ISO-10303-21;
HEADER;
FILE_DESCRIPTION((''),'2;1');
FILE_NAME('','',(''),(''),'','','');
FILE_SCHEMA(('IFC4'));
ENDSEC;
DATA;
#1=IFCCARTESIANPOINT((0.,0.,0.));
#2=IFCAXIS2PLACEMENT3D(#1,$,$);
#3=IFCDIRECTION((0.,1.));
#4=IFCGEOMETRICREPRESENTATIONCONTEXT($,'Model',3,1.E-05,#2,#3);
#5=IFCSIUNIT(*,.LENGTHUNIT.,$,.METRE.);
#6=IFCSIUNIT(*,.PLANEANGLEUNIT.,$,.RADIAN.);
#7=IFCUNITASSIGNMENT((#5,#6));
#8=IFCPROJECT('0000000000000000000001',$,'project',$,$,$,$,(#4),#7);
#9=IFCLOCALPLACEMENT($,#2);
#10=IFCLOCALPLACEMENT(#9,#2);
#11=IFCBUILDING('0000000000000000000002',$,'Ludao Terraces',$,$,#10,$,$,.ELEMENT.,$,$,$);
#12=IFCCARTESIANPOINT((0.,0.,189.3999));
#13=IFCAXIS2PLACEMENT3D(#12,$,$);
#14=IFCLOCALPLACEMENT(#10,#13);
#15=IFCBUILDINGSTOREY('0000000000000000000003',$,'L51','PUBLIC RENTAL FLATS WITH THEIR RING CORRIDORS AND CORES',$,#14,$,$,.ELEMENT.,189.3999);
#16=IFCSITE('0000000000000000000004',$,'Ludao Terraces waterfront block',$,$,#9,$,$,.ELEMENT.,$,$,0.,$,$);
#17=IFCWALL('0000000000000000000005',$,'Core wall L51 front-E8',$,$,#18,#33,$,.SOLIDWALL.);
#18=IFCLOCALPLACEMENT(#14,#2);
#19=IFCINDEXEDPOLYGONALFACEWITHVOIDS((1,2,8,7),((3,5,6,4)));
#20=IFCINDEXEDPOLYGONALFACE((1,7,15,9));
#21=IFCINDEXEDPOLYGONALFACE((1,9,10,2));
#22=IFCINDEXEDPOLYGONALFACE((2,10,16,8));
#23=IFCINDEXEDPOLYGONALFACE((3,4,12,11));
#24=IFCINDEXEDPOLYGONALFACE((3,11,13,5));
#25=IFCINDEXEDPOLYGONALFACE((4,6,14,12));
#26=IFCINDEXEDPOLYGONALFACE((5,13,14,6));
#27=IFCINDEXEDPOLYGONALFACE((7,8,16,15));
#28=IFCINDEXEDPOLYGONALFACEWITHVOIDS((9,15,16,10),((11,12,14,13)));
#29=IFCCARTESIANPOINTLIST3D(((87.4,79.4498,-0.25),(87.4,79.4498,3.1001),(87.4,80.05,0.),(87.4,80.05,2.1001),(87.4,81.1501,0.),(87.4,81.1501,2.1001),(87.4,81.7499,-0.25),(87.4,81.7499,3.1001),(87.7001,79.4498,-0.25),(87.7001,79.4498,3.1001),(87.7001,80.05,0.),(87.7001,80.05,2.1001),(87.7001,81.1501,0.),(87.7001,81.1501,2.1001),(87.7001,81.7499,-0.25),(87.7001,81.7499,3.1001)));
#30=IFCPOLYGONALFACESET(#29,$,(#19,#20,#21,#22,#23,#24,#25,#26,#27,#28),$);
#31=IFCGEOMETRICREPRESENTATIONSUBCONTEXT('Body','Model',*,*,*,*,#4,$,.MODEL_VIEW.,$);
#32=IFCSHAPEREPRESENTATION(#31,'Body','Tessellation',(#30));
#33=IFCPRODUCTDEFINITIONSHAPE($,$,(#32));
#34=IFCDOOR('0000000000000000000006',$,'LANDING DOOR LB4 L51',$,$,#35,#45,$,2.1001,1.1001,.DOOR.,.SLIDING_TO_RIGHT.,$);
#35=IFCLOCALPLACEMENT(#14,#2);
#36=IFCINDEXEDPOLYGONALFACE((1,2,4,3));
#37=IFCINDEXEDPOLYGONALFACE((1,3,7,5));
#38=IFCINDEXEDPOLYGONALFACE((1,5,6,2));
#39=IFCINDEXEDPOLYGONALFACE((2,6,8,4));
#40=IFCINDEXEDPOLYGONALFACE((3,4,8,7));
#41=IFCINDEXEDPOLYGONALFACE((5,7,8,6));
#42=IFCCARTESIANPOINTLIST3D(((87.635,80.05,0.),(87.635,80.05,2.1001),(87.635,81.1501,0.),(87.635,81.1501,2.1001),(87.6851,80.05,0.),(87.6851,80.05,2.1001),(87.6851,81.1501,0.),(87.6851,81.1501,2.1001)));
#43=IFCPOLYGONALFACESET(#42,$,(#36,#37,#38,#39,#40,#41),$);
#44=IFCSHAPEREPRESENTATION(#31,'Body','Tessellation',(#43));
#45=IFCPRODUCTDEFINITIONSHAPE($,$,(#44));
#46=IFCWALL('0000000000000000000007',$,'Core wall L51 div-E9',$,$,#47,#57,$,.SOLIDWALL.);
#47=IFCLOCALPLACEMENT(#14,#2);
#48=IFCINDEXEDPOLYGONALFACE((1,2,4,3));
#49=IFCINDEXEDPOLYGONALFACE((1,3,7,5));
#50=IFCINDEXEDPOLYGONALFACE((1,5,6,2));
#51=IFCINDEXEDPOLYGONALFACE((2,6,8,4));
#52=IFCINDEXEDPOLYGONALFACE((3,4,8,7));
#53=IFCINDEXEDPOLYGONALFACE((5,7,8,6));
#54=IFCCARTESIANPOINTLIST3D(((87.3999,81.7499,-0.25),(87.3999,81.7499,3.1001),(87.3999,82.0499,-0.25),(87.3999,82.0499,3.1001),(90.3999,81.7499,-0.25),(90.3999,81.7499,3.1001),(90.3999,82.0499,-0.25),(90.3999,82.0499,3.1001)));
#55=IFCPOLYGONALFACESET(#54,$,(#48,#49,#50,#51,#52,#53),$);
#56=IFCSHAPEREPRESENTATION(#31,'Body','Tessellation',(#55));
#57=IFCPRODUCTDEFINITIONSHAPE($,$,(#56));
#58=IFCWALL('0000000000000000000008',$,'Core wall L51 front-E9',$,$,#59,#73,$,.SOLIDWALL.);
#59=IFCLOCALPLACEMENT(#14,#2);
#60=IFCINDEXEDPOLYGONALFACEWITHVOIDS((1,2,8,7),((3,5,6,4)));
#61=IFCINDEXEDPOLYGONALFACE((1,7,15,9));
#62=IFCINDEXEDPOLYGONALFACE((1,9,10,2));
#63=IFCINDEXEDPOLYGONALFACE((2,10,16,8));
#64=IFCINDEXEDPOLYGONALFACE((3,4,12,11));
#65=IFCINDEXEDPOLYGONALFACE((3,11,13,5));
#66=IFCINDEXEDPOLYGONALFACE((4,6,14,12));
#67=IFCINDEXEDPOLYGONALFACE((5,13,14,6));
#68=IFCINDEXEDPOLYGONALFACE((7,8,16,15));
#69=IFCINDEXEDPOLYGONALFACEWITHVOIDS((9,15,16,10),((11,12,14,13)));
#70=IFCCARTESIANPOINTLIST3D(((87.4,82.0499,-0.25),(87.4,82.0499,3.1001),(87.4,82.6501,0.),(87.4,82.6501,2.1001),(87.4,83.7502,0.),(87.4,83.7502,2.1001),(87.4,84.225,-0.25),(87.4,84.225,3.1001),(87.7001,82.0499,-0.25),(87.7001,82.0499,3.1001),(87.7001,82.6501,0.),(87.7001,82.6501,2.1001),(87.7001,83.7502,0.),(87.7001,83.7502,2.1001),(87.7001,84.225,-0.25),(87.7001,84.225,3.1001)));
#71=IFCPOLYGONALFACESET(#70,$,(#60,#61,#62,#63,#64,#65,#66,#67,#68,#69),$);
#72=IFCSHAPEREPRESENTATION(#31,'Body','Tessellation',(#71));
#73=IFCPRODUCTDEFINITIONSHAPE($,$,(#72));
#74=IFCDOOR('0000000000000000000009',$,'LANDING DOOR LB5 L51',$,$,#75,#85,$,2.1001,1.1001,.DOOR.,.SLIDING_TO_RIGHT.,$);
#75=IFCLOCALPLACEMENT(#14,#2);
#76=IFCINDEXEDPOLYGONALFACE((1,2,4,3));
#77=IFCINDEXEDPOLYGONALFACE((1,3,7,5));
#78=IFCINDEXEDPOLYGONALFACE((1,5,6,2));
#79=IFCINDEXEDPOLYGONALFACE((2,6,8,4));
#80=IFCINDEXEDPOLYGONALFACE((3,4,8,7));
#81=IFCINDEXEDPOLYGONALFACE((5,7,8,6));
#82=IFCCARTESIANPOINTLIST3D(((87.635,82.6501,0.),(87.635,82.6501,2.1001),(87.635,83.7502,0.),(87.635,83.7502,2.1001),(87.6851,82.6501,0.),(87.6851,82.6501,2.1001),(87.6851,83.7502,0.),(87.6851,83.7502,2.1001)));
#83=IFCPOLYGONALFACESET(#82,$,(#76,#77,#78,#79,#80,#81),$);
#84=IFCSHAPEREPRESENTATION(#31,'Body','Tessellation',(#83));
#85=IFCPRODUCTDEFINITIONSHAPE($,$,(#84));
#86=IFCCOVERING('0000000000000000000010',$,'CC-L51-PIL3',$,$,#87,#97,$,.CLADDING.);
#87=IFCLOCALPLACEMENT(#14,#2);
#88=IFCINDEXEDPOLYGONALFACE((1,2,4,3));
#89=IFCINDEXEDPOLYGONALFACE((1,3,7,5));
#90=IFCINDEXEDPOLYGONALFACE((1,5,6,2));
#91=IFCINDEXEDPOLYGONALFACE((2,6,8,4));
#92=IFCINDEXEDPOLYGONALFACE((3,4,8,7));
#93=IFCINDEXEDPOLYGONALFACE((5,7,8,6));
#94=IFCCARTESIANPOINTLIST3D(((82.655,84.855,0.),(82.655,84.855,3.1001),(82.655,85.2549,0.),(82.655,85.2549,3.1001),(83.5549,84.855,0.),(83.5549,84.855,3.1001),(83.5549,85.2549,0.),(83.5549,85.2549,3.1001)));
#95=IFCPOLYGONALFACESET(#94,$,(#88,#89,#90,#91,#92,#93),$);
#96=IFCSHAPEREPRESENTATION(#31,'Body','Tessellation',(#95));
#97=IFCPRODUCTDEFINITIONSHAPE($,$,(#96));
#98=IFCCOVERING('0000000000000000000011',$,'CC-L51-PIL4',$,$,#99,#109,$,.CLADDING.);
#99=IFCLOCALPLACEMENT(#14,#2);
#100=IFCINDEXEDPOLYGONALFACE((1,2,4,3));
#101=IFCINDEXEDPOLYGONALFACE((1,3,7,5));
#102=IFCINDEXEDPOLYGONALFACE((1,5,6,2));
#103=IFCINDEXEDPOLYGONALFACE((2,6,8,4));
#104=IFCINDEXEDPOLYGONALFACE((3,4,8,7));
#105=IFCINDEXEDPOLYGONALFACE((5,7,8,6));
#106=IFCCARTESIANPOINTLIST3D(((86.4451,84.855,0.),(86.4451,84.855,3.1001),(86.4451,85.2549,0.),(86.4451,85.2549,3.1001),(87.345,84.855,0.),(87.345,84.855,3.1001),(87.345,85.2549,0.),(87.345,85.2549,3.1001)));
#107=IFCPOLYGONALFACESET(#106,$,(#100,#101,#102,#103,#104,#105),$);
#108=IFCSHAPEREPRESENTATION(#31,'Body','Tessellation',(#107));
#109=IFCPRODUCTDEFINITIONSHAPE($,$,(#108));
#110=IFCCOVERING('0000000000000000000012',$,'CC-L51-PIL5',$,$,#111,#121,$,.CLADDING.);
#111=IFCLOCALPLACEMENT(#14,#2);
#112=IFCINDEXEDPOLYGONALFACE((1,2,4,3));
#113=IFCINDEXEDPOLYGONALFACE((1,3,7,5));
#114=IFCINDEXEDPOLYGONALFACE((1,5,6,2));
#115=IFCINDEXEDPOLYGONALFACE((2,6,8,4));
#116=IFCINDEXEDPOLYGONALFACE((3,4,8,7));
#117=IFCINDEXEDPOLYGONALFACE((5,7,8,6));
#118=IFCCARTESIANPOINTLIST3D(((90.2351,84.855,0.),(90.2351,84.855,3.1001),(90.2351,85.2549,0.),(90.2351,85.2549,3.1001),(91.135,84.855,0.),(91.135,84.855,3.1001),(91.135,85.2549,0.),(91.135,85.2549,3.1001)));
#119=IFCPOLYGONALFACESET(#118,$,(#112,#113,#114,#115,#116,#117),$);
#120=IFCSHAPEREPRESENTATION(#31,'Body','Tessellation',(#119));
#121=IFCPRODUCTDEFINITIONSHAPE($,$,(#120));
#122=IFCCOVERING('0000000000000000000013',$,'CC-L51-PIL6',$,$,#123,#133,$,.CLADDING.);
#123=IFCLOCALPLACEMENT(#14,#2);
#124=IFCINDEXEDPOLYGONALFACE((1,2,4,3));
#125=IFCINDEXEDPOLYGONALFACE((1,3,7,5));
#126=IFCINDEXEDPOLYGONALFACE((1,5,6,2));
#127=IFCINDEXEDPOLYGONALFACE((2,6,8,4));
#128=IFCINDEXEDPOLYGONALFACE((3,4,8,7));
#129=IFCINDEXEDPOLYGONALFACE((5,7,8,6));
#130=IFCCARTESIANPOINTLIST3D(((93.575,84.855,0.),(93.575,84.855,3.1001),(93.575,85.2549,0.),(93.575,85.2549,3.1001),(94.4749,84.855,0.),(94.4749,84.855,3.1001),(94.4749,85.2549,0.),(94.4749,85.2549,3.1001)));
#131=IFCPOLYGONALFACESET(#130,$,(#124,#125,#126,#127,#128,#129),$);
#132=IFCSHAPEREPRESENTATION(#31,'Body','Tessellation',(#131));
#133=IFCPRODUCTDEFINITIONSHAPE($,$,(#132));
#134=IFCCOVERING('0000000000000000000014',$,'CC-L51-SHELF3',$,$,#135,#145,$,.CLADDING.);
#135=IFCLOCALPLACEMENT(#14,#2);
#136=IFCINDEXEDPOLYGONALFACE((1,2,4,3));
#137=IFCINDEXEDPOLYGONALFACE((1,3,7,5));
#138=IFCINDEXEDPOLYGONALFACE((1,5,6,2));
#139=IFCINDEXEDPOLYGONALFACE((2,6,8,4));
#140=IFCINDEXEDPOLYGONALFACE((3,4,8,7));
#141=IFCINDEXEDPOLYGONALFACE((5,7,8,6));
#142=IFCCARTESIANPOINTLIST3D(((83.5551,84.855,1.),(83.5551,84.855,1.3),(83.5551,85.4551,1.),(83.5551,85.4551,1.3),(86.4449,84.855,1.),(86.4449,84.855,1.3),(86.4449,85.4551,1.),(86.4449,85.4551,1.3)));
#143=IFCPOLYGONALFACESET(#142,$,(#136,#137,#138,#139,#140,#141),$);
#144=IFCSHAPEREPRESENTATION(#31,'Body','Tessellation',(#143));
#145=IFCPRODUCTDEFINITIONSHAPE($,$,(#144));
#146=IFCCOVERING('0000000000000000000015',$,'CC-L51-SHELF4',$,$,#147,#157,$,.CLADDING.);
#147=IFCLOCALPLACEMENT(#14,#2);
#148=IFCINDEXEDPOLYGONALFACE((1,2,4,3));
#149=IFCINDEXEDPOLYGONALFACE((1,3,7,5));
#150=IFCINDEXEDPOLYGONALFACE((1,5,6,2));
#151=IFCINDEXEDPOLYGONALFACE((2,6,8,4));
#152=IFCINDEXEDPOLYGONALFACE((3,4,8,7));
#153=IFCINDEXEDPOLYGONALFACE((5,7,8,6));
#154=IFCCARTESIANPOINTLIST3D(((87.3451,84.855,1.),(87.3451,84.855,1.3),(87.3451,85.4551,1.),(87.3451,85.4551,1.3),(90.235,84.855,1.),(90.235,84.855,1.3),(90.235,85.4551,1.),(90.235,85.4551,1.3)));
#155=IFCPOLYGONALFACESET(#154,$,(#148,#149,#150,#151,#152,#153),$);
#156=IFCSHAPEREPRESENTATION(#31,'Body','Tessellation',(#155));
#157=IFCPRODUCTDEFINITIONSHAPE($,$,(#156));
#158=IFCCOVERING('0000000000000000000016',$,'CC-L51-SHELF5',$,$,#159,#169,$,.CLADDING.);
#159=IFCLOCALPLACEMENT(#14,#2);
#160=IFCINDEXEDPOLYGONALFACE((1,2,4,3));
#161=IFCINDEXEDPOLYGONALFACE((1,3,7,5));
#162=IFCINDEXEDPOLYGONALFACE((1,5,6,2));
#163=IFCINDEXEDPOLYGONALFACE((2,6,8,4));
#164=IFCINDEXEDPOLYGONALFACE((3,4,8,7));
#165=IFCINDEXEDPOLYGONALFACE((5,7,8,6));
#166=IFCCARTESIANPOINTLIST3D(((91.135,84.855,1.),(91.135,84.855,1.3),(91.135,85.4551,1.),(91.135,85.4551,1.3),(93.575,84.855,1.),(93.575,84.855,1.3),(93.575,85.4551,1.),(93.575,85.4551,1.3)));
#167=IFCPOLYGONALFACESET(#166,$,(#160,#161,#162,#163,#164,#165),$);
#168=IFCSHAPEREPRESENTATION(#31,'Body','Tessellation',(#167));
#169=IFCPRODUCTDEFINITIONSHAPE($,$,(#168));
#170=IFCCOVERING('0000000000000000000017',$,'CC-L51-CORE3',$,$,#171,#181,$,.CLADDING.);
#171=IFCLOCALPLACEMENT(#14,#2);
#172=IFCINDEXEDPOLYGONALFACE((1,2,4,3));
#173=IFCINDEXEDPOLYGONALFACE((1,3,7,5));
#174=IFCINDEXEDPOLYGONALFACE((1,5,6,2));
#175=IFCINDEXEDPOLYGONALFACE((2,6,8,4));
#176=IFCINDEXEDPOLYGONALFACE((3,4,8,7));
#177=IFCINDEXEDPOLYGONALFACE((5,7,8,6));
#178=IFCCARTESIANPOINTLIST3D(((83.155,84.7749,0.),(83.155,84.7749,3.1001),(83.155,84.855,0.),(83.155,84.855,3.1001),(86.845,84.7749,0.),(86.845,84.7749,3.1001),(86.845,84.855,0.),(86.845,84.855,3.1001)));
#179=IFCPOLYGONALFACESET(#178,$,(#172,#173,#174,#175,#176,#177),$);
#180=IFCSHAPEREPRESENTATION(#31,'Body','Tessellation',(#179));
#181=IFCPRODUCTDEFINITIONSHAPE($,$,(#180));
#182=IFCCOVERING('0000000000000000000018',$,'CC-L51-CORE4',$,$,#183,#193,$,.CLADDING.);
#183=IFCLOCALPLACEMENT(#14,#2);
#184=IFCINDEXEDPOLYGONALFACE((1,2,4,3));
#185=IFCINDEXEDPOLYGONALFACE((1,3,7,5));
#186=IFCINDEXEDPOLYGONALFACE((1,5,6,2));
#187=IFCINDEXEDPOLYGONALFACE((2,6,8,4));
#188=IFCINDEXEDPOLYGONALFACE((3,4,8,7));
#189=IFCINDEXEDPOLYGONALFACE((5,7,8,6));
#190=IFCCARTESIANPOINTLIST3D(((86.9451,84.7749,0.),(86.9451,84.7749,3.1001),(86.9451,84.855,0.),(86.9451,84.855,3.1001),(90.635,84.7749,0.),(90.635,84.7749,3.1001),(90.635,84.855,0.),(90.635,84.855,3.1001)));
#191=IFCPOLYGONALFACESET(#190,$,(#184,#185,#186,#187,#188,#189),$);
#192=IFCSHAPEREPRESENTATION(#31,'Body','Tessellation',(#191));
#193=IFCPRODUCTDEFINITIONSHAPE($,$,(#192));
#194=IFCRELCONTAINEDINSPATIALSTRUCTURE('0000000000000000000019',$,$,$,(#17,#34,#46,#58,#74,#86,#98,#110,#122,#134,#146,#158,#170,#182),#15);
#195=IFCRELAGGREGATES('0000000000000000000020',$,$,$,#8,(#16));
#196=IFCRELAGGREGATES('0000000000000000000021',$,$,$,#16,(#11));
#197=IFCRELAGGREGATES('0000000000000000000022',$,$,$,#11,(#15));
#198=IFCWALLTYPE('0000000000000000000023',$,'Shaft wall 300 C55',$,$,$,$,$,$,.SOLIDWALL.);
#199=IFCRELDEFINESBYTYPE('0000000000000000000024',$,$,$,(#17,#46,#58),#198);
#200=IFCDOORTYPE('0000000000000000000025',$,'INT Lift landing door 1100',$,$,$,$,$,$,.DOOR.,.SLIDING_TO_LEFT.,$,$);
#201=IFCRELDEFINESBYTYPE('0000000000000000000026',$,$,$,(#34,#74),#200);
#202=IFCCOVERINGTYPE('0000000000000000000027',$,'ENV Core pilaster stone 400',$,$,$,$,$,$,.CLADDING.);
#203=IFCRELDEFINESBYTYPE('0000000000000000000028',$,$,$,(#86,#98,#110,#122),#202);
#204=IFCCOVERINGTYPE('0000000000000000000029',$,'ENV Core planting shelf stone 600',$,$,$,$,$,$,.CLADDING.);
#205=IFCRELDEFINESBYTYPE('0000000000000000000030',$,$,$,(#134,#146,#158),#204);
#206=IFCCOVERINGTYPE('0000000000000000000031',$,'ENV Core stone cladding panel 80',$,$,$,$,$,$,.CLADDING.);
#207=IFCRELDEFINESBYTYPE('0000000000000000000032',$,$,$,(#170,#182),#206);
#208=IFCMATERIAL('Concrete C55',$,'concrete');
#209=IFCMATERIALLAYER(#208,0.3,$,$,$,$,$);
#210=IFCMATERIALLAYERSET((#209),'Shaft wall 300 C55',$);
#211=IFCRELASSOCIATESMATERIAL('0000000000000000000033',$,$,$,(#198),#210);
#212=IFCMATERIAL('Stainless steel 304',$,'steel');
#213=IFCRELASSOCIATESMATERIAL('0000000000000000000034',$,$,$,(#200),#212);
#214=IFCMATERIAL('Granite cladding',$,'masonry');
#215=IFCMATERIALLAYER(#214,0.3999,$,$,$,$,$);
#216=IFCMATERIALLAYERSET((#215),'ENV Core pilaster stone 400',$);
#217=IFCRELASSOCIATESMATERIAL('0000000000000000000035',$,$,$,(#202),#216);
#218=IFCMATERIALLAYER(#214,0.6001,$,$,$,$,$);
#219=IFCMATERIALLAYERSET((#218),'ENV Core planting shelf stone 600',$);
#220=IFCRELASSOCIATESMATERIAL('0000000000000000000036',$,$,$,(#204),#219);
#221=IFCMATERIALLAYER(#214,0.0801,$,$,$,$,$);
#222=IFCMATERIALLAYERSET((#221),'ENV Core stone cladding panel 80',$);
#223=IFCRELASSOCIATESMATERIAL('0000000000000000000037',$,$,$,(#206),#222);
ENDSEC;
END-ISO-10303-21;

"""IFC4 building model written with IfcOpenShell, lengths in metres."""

from ifc_helpers import new_model, si_unit, direction, frame, frame_2d, origin, origin_2d, place, context, subcontext, project, spatial, rectangle, extrude, material, layer, layer_set, type_object, element, fill, save


model = new_model("IFC4")

# Units and contexts
model_context = context("Model", 3, precision=1e-05, world=origin(), true_north=direction((0.0, 1.0)))
body_context = subcontext(model_context, "Body", "Model", "MODEL_VIEW")
ifc_project = project(units=[si_unit("LENGTHUNIT", "METRE"), si_unit("PLANEANGLEUNIT", "RADIAN")], contexts=[model_context])

# Site, building, storey
site_placement = place(None, origin())
site = spatial("IfcSite", under=ifc_project, at=site_placement, Name="Ludao Terraces waterfront block", CompositionType="ELEMENT", RefElevation=0.0)
building_placement = place(site_placement, origin())
building = spatial("IfcBuilding", under=site, at=building_placement, Name="Ludao Terraces", CompositionType="ELEMENT")
storey_placement = place(building_placement, frame((0.0, 0.0, 189.3999)))
storey = spatial("IfcBuildingStorey", under=building, at=storey_placement, Name="L51", Description="PUBLIC RENTAL FLATS WITH THEIR RING CORRIDORS AND CORES", CompositionType="ELEMENT", Elevation=189.3999)

# Wall, opening, door
ifc_material_1 = material(Name="Concrete C55", Category="concrete")
ifc_layer_1 = layer(ifc_material_1, 0.3)
ifc_layer_set_1 = layer_set([ifc_layer_1], Name="Shaft wall 300 C55")
wall_type = type_object("IfcWallType", Name="Shaft wall 300 C55", PredefinedType="SOLIDWALL", material=ifc_layer_set_1)
wall_1_placement = place(storey_placement, frame((87.55, 79.45, -0.25), z_axis=(0.0, 0.0, 1.0), x_axis=(0.0, 1.0, 0.0)))
wall_1 = element("IfcWall", 1, at=wall_1_placement, inside=storey, type_object=wall_type, Name="Core wall L51 front-E8", PredefinedType="SOLIDWALL", context=body_context, shape_type="SweptSolid", body=[
    extrude(rectangle(XDim=2.3, YDim=0.3, at=frame_2d((1.1499, 0.0))), origin(), (0.0, 0.0, 1.0), 3.3501),
])
opening_1_placement = place(wall_1_placement, frame((0.6001, 0.0, 0.25)))
opening_1 = element("IfcOpeningElement", 2, at=opening_1_placement, cuts=wall_1, PredefinedType="OPENING", context=body_context, shape_type="SweptSolid", body=[
    extrude(rectangle(XDim=1.1001, YDim=2.1001, at=frame_2d((0.55, 1.05))), frame((0.0, 0.1602, 0.0), z_axis=(0.0, -1.0, 0.0), x_axis=(1.0, 0.0, 0.0)), (0.0, 0.0, 1.0), 0.3201),
])
ifc_material_2 = material(Name="Stainless steel 304", Category="steel")
door_type = type_object("IfcDoorType", Name="INT Lift landing door 1100", OperationType="SLIDING_TO_LEFT", PredefinedType="DOOR", material=ifc_material_2)
door_1_placement = place(opening_1_placement, origin())
door_1 = element("IfcDoor", 3, at=door_1_placement, inside=storey, type_object=door_type, Name="LANDING DOOR LB4 L51", OperationType="SLIDING_TO_RIGHT", OverallHeight=2.1001, OverallWidth=1.1001, PredefinedType="DOOR", context=body_context, shape_type="SweptSolid", body=[
    extrude(rectangle(XDim=1.1001, YDim=2.1001, at=frame_2d((0.55, 1.05))), frame((0.0, -0.085, 0.0), z_axis=(0.0, -1.0, 0.0), x_axis=(1.0, 0.0, 0.0)), (0.0, 0.0, 1.0), 0.05),
])
fill(opening_1, door_1)

# Wall
wall_2_placement = place(storey_placement, frame((87.3999, 81.8999, -0.25), z_axis=(0.0, 0.0, 1.0), x_axis=(1.0, 0.0, 0.0)))
element("IfcWall", 4, at=wall_2_placement, inside=storey, type_object=wall_type, Name="Core wall L51 div-E9", PredefinedType="SOLIDWALL", context=body_context, shape_type="SweptSolid", body=[
    extrude(rectangle(XDim=3.0, YDim=0.3, at=frame_2d((1.5, 0.0))), origin(), (0.0, 0.0, 1.0), 3.3501),
])

# Wall, opening, door
wall_3_placement = place(storey_placement, frame((87.55, 82.05, -0.25), z_axis=(0.0, 0.0, 1.0), x_axis=(0.0, 1.0, 0.0)))
wall_3 = element("IfcWall", 5, at=wall_3_placement, inside=storey, type_object=wall_type, Name="Core wall L51 front-E9", PredefinedType="SOLIDWALL", context=body_context, shape_type="SweptSolid", body=[
    extrude(rectangle(XDim=2.175, YDim=0.3, at=frame_2d((1.0874, 0.0))), origin(), (0.0, 0.0, 1.0), 3.3501),
])
opening_2_placement = place(wall_3_placement, frame((0.6001, 0.0, 0.25)))
opening_2 = element("IfcOpeningElement", 6, at=opening_2_placement, cuts=wall_3, PredefinedType="OPENING", context=body_context, shape_type="SweptSolid", body=[
    extrude(rectangle(XDim=1.1001, YDim=2.1001, at=frame_2d((0.55, 1.05))), frame((0.0, 0.1602, 0.0), z_axis=(0.0, -1.0, 0.0), x_axis=(1.0, 0.0, 0.0)), (0.0, 0.0, 1.0), 0.3201),
])
door_2_placement = place(opening_2_placement, origin())
door_2 = element("IfcDoor", 7, at=door_2_placement, inside=storey, type_object=door_type, Name="LANDING DOOR LB5 L51", OperationType="SLIDING_TO_RIGHT", OverallHeight=2.1001, OverallWidth=1.1001, PredefinedType="DOOR", context=body_context, shape_type="SweptSolid", body=[
    extrude(rectangle(XDim=1.1001, YDim=2.1001, at=frame_2d((0.55, 1.05))), frame((0.0, -0.085, 0.0), z_axis=(0.0, -1.0, 0.0), x_axis=(1.0, 0.0, 0.0)), (0.0, 0.0, 1.0), 0.05),
])
fill(opening_2, door_2)

# Coverings
ifc_material_3 = material(Name="Granite cladding", Category="masonry")
ifc_layer_2 = layer(ifc_material_3, 0.3999)
ifc_layer_set_2 = layer_set([ifc_layer_2], Name="ENV Core pilaster stone 400")
covering_type_1 = type_object("IfcCoveringType", Name="ENV Core pilaster stone 400", PredefinedType="CLADDING", material=ifc_layer_set_2)
for number, where, z_axis, x_axis, name in (
    (8, (83.105, 85.0549, 0.0), (0.0, 0.0, 1.0), (1.0, 0.0, 0.0), "CC-L51-PIL3"),
    (9, (86.895, 85.0549, 0.0), (0.0, 0.0, 1.0), (1.0, 0.0, 0.0), "CC-L51-PIL4"),
    (10, (90.6851, 85.0549, 0.0), (0.0, 0.0, 1.0), (1.0, 0.0, 0.0), "CC-L51-PIL5"),
    (11, (94.0249, 85.0549, 0.0), (0.0, 0.0, 1.0), (1.0, 0.0, 0.0), "CC-L51-PIL6"),
):
    element("IfcCovering", number, at=place(storey_placement, frame(where, z_axis=z_axis, x_axis=x_axis)), inside=storey, type_object=covering_type_1, Name=name, PredefinedType="CLADDING", context=body_context, shape_type="SweptSolid", body=[
        extrude(rectangle(XDim=0.8999, YDim=0.3999, at=origin_2d()), origin(), (0.0, 0.0, 1.0), 3.1001),
    ])
ifc_layer_3 = layer(ifc_material_3, 0.6001)
ifc_layer_set_3 = layer_set([ifc_layer_3], Name="ENV Core planting shelf stone 600")
covering_type_2 = type_object("IfcCoveringType", Name="ENV Core planting shelf stone 600", PredefinedType="CLADDING", material=ifc_layer_set_3)
for number, where, z_axis, x_axis, name in (
    (12, (85.0, 85.155, 1.0), (0.0, 0.0, 1.0), (1.0, 0.0, 0.0), "CC-L51-SHELF3"),
    (13, (88.79, 85.155, 1.0), (0.0, 0.0, 1.0), (1.0, 0.0, 0.0), "CC-L51-SHELF4"),
):
    element("IfcCovering", number, at=place(storey_placement, frame(where, z_axis=z_axis, x_axis=x_axis)), inside=storey, type_object=covering_type_2, Name=name, PredefinedType="CLADDING", context=body_context, shape_type="SweptSolid", body=[
        extrude(rectangle(XDim=2.8899, YDim=0.6001, at=origin_2d()), origin(), (0.0, 0.0, 1.0), 0.3),
    ])
covering_1_placement = place(storey_placement, frame((92.355, 85.155, 1.0), z_axis=(0.0, 0.0, 1.0), x_axis=(1.0, 0.0, 0.0)))
element("IfcCovering", 14, at=covering_1_placement, inside=storey, type_object=covering_type_2, Name="CC-L51-SHELF5", PredefinedType="CLADDING", context=body_context, shape_type="SweptSolid", body=[
    extrude(rectangle(XDim=2.4399, YDim=0.6001, at=origin_2d()), origin(), (0.0, 0.0, 1.0), 0.3),
])
ifc_layer_4 = layer(ifc_material_3, 0.0801)
ifc_layer_set_4 = layer_set([ifc_layer_4], Name="ENV Core stone cladding panel 80")
covering_type_3 = type_object("IfcCoveringType", Name="ENV Core stone cladding panel 80", PredefinedType="CLADDING", material=ifc_layer_set_4)
for number, where, z_axis, x_axis, name in (
    (15, (85.0, 84.8149, 0.0), (0.0, 0.0, 1.0), (1.0, 0.0, 0.0), "CC-L51-CORE3"),
    (16, (88.79, 84.8149, 0.0), (0.0, 0.0, 1.0), (1.0, 0.0, 0.0), "CC-L51-CORE4"),
):
    element("IfcCovering", number, at=place(storey_placement, frame(where, z_axis=z_axis, x_axis=x_axis)), inside=storey, type_object=covering_type_3, Name=name, PredefinedType="CLADDING", context=body_context, shape_type="SweptSolid", body=[
        extrude(rectangle(XDim=3.6899, YDim=0.0801, at=origin_2d()), origin(), (0.0, 0.0, 1.0), 3.1001),
    ])

save(model, "model.ifc")
